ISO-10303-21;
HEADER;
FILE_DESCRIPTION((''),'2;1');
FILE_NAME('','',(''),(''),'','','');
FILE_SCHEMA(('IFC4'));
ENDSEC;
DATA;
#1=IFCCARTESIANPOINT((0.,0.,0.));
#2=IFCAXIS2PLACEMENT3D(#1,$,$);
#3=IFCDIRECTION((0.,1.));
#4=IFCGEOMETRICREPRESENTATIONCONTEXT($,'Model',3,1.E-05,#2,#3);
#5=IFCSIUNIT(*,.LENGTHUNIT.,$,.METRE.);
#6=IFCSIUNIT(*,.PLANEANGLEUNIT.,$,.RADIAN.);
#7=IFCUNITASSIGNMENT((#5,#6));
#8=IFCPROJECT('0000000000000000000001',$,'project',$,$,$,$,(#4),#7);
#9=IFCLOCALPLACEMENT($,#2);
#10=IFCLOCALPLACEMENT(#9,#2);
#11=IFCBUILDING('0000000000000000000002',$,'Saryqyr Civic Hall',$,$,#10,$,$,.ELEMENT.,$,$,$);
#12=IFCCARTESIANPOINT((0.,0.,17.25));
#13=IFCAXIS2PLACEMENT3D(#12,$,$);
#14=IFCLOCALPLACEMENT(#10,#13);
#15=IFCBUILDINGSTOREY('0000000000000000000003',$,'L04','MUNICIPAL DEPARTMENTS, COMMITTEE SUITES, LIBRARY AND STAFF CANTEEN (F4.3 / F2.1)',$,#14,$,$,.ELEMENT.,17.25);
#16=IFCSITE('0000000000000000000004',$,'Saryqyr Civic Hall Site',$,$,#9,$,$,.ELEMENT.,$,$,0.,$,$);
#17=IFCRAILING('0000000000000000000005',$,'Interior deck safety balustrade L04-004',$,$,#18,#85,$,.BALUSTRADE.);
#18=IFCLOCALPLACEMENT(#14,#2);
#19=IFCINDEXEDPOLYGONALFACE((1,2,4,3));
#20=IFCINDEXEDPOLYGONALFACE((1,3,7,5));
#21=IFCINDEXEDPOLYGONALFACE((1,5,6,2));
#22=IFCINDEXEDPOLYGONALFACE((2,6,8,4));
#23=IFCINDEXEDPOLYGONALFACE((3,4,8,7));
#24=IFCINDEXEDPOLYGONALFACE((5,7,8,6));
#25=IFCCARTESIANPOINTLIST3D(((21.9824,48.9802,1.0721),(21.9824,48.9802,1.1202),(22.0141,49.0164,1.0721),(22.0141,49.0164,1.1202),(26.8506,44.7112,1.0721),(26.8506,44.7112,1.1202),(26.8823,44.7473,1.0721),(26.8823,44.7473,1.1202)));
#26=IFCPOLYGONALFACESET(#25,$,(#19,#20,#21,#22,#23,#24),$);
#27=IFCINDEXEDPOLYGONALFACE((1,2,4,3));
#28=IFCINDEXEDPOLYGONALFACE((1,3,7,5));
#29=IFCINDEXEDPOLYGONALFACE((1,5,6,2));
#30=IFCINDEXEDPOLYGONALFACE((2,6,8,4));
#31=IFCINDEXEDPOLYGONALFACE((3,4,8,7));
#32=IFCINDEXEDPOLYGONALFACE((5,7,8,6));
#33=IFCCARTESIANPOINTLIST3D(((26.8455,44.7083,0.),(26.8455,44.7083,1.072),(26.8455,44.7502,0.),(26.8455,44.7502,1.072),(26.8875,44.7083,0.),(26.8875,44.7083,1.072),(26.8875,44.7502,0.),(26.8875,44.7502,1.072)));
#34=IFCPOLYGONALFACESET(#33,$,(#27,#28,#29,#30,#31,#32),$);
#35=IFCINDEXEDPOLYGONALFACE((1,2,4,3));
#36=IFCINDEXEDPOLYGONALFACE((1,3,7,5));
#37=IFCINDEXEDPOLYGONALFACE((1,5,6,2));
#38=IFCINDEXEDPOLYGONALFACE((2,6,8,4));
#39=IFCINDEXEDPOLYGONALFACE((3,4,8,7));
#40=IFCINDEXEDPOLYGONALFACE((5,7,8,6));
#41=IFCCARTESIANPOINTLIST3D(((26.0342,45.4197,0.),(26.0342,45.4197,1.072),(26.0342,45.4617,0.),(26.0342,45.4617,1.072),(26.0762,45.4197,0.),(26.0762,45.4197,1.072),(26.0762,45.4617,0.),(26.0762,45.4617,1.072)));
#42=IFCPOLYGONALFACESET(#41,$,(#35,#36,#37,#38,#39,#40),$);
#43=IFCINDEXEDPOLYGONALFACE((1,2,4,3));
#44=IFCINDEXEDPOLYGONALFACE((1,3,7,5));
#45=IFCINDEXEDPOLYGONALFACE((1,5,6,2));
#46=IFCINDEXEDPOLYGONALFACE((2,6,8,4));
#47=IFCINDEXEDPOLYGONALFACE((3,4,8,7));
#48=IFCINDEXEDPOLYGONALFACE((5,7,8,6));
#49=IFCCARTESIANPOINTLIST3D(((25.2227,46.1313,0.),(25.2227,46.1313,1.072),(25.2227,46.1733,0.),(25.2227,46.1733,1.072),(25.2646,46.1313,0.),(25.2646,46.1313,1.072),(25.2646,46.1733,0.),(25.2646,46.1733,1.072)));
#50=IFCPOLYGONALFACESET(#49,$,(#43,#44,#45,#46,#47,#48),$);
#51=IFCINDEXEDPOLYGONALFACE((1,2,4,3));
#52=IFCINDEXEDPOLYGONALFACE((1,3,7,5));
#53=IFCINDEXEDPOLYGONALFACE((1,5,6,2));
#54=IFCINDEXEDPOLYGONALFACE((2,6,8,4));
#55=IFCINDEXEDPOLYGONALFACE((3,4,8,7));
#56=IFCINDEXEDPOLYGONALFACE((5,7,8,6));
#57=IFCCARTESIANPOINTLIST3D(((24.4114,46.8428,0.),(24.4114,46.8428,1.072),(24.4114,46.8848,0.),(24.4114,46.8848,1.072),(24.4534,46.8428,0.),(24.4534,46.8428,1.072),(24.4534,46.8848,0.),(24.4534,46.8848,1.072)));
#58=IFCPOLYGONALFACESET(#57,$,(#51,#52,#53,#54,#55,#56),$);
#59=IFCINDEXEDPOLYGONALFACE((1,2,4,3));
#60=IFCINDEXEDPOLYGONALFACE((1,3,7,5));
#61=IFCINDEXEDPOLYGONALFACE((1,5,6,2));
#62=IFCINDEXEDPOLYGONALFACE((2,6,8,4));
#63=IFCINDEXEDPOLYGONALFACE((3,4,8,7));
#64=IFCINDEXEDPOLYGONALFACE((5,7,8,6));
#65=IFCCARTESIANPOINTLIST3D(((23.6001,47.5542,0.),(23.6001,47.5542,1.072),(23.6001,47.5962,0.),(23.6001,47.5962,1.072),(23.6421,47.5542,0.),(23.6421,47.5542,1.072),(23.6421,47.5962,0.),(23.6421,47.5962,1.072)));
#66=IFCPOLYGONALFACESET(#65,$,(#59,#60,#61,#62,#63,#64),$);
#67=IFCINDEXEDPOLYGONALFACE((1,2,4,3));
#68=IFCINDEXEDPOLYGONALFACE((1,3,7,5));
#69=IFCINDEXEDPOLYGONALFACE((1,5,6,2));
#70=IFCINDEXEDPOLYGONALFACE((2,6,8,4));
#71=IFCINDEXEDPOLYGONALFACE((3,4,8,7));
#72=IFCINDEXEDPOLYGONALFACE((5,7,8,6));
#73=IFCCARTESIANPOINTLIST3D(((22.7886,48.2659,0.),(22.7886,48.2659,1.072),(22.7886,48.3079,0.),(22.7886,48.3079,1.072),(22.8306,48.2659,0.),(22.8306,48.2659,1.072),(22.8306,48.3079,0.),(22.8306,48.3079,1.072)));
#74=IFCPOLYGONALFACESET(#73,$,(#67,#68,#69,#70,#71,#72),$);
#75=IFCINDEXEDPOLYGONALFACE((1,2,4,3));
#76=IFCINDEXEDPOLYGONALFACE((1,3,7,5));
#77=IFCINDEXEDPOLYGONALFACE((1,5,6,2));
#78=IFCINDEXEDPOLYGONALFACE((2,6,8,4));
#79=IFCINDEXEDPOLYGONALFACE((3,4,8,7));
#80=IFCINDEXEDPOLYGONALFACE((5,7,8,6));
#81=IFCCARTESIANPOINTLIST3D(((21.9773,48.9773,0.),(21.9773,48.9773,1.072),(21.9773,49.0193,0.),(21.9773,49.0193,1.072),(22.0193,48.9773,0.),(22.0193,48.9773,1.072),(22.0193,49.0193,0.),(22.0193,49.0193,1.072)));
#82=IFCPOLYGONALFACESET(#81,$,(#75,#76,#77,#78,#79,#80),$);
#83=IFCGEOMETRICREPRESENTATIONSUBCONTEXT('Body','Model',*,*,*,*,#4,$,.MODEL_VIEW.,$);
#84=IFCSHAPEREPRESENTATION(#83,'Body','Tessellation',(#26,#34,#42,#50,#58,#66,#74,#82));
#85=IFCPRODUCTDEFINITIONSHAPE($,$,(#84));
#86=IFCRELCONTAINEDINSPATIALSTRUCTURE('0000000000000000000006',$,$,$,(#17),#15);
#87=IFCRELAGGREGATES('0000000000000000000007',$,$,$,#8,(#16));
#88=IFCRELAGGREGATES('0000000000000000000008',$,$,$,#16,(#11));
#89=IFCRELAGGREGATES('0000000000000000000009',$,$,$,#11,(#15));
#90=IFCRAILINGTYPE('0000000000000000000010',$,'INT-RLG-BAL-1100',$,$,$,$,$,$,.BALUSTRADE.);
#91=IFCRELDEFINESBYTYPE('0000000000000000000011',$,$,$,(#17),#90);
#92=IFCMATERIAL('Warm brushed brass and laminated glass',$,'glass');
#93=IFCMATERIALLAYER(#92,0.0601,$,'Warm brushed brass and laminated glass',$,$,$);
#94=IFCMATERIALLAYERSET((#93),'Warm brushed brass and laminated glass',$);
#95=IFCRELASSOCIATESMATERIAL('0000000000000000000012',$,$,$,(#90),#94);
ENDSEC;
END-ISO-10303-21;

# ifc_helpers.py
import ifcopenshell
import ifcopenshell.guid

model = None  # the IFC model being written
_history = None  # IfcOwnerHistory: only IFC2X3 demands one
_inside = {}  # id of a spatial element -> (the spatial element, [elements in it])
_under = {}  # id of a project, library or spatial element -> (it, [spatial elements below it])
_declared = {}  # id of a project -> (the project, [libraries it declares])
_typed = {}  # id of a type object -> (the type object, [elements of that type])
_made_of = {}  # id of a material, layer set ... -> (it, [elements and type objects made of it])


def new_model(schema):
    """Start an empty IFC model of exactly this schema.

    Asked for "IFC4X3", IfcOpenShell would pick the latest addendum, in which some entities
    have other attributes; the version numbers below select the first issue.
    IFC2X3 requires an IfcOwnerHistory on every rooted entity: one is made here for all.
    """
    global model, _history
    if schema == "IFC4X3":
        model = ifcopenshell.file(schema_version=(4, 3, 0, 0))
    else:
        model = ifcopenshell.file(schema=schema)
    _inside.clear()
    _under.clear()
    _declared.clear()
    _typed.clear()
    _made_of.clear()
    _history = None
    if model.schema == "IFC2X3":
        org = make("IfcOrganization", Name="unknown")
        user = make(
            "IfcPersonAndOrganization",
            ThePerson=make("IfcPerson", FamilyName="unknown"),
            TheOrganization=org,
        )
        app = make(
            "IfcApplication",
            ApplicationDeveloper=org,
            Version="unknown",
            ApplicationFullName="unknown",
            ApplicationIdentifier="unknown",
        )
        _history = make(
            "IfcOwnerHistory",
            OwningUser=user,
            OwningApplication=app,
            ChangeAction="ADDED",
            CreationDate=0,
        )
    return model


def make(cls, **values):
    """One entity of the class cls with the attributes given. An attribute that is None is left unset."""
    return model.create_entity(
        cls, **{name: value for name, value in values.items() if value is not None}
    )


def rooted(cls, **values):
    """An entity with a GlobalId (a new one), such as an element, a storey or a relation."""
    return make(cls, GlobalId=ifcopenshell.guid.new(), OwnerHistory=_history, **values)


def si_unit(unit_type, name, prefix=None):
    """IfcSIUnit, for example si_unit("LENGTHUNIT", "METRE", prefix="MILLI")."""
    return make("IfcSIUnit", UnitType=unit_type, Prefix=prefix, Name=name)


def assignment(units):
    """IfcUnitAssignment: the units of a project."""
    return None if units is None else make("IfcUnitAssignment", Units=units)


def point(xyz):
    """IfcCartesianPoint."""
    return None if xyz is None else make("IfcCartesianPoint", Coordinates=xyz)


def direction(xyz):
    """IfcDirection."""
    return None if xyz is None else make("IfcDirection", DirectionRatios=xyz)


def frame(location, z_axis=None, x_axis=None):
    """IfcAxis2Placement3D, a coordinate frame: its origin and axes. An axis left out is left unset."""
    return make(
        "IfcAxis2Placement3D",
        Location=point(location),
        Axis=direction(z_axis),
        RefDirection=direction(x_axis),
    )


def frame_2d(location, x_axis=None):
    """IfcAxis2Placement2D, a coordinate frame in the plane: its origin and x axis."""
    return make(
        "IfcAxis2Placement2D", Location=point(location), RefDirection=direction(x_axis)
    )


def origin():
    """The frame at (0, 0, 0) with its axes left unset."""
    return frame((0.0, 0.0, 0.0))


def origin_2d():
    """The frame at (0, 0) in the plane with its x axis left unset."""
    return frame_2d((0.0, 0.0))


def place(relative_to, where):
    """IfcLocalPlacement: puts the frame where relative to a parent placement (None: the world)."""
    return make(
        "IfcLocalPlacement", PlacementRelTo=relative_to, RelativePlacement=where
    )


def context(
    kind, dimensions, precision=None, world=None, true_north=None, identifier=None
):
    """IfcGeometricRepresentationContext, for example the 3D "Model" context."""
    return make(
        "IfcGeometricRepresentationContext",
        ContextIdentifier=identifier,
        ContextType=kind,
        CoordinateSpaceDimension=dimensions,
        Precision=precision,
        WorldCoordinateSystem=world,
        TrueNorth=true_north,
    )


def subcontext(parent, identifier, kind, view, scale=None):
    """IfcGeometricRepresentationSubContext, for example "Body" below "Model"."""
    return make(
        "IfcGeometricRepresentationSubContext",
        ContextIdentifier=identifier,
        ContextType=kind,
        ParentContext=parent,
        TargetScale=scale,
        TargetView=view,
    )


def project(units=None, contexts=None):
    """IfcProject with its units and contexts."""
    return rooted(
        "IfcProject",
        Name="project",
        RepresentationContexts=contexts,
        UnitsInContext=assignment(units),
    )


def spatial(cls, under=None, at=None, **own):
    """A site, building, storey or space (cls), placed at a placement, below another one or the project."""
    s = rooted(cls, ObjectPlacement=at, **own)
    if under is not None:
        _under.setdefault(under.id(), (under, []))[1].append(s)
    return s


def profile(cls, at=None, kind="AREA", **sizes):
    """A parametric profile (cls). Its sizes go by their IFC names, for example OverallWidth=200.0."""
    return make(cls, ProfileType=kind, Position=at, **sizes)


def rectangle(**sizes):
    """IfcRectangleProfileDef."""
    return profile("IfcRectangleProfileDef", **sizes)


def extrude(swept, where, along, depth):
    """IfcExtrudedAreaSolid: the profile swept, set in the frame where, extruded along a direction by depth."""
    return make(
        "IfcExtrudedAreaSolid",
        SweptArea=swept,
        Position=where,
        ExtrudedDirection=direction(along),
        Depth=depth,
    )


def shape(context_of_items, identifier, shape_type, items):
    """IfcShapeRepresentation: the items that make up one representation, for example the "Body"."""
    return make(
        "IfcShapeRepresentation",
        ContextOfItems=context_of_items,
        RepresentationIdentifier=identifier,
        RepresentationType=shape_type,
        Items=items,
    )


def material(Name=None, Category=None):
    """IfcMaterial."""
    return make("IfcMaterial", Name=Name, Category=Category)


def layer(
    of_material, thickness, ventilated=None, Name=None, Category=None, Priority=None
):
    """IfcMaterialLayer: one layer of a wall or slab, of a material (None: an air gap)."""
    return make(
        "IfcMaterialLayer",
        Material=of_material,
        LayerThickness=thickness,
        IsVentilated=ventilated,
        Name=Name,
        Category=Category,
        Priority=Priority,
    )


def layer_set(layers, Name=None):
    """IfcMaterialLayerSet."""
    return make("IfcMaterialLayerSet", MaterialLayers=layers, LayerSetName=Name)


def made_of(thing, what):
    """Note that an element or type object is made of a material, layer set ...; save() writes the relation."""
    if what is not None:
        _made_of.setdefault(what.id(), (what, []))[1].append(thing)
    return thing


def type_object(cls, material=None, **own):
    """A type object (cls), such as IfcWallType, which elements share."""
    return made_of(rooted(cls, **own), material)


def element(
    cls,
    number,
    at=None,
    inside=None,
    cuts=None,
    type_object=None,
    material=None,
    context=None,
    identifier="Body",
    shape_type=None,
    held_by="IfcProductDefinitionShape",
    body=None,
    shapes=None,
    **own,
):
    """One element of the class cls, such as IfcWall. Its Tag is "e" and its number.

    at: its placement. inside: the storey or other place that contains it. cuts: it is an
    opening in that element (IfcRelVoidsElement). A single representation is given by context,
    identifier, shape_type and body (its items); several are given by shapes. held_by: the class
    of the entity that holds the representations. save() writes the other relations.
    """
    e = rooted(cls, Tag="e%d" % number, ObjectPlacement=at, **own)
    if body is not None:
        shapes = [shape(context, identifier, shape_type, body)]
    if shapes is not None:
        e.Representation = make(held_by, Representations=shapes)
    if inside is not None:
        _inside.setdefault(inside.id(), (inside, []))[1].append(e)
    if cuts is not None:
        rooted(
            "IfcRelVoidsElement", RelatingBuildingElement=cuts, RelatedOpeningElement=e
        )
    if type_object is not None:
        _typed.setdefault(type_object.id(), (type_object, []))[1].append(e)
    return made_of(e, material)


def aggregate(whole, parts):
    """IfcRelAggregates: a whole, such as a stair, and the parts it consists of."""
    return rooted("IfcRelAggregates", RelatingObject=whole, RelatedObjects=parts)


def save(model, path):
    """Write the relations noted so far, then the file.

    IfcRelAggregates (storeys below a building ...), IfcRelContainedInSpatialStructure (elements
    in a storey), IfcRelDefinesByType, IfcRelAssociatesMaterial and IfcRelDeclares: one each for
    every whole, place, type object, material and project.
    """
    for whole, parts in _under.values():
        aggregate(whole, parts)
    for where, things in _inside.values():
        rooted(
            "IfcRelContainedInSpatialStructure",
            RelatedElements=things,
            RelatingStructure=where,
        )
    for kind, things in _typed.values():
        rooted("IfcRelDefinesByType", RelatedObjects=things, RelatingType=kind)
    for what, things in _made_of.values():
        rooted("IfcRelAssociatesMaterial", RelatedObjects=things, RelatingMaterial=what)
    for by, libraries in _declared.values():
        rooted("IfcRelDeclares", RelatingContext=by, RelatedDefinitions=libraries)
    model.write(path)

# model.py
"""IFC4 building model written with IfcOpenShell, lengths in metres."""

from ifc_helpers import new_model, si_unit, direction, frame, origin, origin_2d, place, context, subcontext, project, spatial, rectangle, extrude, material, layer, layer_set, type_object, element, save


model = new_model("IFC4")

# Units and contexts
model_context = context("Model", 3, precision=1e-05, world=origin(), true_north=direction((0.0, 1.0)))
body_context = subcontext(model_context, "Body", "Model", "MODEL_VIEW")
ifc_project = project(units=[si_unit("LENGTHUNIT", "METRE"), si_unit("PLANEANGLEUNIT", "RADIAN")], contexts=[model_context])

# Site, building, storey
site_placement = place(None, origin())
site = spatial("IfcSite", under=ifc_project, at=site_placement, Name="Saryqyr Civic Hall Site", CompositionType="ELEMENT", RefElevation=0.0)
building_placement = place(site_placement, origin())
building = spatial("IfcBuilding", under=site, at=building_placement, Name="Saryqyr Civic Hall", CompositionType="ELEMENT")
storey_placement = place(building_placement, frame((0.0, 0.0, 17.25)))
storey = spatial("IfcBuildingStorey", under=building, at=storey_placement, Name="L04", Description="MUNICIPAL DEPARTMENTS, COMMITTEE SUITES, LIBRARY AND STAFF CANTEEN (F4.3 / F2.1)", CompositionType="ELEMENT", Elevation=17.25)

# Railing
ifc_material_1 = material(Name="Warm brushed brass and laminated glass", Category="glass")
ifc_layer_1 = layer(ifc_material_1, 0.0601, Name="Warm brushed brass and laminated glass")
ifc_layer_set_1 = layer_set([ifc_layer_1], Name="Warm brushed brass and laminated glass")
railing_type = type_object("IfcRailingType", Name="INT-RLG-BAL-1100", PredefinedType="BALUSTRADE", material=ifc_layer_set_1)
railing_placement = place(storey_placement, frame((26.8665, 44.7292, 0.0)))
element("IfcRailing", 1, at=railing_placement, inside=storey, type_object=railing_type, Name="Interior deck safety balustrade L04-004", PredefinedType="BALUSTRADE", context=body_context, shape_type="SweptSolid", body=[
    extrude(rectangle(XDim=0.0481, YDim=0.0481, at=origin_2d()), frame((0.0, 0.0, 1.0962), z_axis=(-0.751857, 0.659326, 0.0), x_axis=(-0.659326, -0.751857, 0.0)), (0.0, 0.0, 1.0), 6.4749),
    extrude(rectangle(XDim=0.042, YDim=0.042, at=origin_2d()), origin(), (0.0, 0.0, 1.0), 1.072),
    extrude(rectangle(XDim=0.042, YDim=0.042, at=origin_2d()), frame((-0.8113, 0.7114, 0.0)), (0.0, 0.0, 1.0), 1.072),
    extrude(rectangle(XDim=0.042, YDim=0.042, at=origin_2d()), frame((-1.6228, 1.4231, 0.0)), (0.0, 0.0, 1.0), 1.072),
    extrude(rectangle(XDim=0.042, YDim=0.042, at=origin_2d()), frame((-2.4341, 2.1345, 0.0)), (0.0, 0.0, 1.0), 1.072),
    extrude(rectangle(XDim=0.042, YDim=0.042, at=origin_2d()), frame((-3.2454, 2.8459, 0.0)), (0.0, 0.0, 1.0), 1.072),
    extrude(rectangle(XDim=0.042, YDim=0.042, at=origin_2d()), frame((-4.0569, 3.5576, 0.0)), (0.0, 0.0, 1.0), 1.072),
    extrude(rectangle(XDim=0.042, YDim=0.042, at=origin_2d()), frame((-4.8682, 4.269, 0.0)), (0.0, 0.0, 1.0), 1.072),
])

save(model, "model.ifc")
